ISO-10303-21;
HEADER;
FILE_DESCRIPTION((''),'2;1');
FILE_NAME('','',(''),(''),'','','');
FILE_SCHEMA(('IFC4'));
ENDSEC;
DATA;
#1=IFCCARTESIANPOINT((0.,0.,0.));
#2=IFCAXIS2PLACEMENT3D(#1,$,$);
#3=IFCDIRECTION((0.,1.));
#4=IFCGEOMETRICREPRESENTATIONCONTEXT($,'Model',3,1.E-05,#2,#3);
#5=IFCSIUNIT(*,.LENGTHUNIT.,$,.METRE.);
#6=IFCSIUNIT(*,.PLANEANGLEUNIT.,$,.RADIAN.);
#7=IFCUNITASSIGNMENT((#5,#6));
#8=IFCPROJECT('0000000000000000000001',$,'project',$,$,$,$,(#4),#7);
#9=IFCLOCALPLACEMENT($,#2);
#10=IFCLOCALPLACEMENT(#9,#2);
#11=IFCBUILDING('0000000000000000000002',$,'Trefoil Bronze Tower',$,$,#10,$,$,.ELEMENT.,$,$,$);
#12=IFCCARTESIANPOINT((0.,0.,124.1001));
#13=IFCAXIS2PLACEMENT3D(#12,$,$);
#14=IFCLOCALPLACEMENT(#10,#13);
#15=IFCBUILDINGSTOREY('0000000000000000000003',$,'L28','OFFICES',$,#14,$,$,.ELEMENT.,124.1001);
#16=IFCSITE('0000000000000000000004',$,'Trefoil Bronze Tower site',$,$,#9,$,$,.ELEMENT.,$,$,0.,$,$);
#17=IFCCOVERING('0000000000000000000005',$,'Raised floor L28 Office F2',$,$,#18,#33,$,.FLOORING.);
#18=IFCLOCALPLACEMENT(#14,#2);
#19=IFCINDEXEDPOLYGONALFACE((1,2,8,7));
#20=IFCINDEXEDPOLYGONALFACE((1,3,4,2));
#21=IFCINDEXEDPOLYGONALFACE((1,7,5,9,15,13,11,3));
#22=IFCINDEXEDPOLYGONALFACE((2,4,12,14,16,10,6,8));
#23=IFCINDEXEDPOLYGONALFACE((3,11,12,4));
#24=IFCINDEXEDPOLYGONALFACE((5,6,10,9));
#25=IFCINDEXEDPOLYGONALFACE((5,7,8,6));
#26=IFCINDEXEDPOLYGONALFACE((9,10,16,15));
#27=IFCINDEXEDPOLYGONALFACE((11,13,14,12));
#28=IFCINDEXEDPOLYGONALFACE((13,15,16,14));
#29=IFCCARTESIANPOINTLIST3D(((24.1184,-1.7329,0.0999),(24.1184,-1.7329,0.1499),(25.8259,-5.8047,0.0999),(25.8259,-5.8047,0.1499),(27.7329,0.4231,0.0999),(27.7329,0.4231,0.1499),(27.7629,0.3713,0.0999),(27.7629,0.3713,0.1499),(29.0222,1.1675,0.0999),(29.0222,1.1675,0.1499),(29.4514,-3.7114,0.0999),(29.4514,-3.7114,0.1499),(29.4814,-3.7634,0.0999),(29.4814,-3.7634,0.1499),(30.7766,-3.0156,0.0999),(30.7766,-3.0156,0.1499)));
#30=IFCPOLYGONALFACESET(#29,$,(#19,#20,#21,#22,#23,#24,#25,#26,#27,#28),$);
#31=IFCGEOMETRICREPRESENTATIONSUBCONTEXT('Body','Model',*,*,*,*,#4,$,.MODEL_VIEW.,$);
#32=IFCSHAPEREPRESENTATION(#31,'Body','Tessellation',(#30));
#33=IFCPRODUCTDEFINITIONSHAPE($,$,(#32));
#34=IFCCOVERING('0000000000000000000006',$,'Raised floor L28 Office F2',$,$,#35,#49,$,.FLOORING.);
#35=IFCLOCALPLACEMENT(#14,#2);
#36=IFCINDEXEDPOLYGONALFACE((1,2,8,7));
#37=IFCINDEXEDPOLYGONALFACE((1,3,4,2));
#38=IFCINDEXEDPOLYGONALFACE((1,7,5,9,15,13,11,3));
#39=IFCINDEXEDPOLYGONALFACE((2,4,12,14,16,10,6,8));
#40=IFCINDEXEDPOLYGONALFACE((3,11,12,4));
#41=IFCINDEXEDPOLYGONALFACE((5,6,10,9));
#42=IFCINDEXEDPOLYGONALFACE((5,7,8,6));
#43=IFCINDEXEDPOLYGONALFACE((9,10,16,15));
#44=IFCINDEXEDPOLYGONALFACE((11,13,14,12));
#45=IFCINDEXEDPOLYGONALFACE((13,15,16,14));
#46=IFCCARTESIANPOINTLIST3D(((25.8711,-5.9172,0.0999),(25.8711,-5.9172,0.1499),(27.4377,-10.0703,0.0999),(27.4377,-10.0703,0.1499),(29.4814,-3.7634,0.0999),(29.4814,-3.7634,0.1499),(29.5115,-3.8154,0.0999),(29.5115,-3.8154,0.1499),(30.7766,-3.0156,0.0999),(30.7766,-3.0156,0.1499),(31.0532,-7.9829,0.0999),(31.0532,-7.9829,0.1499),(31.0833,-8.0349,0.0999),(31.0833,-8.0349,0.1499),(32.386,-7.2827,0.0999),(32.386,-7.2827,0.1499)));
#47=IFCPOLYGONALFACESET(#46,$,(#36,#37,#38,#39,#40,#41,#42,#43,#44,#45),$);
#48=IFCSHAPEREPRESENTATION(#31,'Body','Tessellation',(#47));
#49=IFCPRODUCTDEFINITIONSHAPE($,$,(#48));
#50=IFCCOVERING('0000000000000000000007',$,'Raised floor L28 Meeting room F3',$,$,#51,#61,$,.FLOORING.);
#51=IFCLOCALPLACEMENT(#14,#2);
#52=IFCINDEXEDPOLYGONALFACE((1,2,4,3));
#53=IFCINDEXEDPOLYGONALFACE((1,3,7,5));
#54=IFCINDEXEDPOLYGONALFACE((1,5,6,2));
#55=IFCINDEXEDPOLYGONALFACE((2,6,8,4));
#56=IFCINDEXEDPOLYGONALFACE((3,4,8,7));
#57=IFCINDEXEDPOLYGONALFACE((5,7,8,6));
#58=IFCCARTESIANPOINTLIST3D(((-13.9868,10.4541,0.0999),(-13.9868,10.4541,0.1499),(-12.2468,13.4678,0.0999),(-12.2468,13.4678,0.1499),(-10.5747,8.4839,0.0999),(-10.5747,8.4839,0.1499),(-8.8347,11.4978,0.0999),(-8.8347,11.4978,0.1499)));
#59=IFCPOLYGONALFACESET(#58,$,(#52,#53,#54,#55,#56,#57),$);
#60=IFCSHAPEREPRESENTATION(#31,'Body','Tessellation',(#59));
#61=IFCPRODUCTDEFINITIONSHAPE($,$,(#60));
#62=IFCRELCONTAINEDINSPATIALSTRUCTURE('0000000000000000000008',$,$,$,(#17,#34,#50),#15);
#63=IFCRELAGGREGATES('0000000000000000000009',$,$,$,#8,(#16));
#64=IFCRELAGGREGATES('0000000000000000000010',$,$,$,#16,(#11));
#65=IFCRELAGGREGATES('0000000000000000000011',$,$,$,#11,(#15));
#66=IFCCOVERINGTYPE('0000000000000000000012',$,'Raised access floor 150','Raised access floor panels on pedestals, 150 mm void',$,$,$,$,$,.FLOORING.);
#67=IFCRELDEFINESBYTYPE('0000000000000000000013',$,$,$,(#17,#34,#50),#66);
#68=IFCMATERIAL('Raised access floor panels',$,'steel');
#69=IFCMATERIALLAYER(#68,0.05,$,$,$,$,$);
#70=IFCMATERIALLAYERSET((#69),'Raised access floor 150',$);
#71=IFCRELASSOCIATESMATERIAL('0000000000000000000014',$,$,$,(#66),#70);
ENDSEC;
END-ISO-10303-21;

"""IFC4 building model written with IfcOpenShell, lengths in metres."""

from ifc_helpers import new_model, si_unit, direction, frame, origin, place, context, subcontext, project, spatial, polyline, outline, extrude, material, layer, layer_set, type_object, element, save


model = new_model("IFC4")

# Units and contexts
model_context = context("Model", 3, precision=1e-05, world=origin(), true_north=direction((0.0, 1.0)))
body_context = subcontext(model_context, "Body", "Model", "MODEL_VIEW")
ifc_project = project(units=[si_unit("LENGTHUNIT", "METRE"), si_unit("PLANEANGLEUNIT", "RADIAN")], contexts=[model_context])

# Site, building, storey
site_placement = place(None, origin())
site = spatial("IfcSite", under=ifc_project, at=site_placement, Name="Trefoil Bronze Tower site", CompositionType="ELEMENT", RefElevation=0.0)
building_placement = place(site_placement, origin())
building = spatial("IfcBuilding", under=site, at=building_placement, Name="Trefoil Bronze Tower", CompositionType="ELEMENT")
storey_placement = place(building_placement, frame((0.0, 0.0, 124.1001)))
storey = spatial("IfcBuildingStorey", under=building, at=storey_placement, Name="L28", Description="OFFICES", CompositionType="ELEMENT", Elevation=124.1001)

# Coverings
ifc_material_1 = material(Name="Raised access floor panels", Category="steel")
ifc_layer_1 = layer(ifc_material_1, 0.05)
ifc_layer_set_1 = layer_set([ifc_layer_1], Name="Raised access floor 150")
covering_type_1 = type_object("IfcCoveringType", Name="Raised access floor 150", Description="Raised access floor panels on pedestals, 150 mm void", PredefinedType="FLOORING", material=ifc_layer_set_1)
covering_1_placement = place(storey_placement, frame((0.0, 0.0, 0.0999)))
element("IfcCovering", 1, at=covering_1_placement, inside=storey, type_object=covering_type_1, Name="Raised floor L28 Office F2", PredefinedType="FLOORING", context=body_context, shape_type="SweptSolid", body=[
    extrude(outline(polyline([(29.0222, 1.1675), (30.7766, -3.0156), (29.4814, -3.7634), (29.4514, -3.7114), (25.8259, -5.8047), (24.1184, -1.7329), (27.7629, 0.3713), (27.7329, 0.4231), (29.0222, 1.1675)])), origin(), (0.0, 0.0, 1.0), 0.05),
])
covering_2_placement = place(storey_placement, frame((0.0, 0.0, 0.0999)))
element("IfcCovering", 2, at=covering_2_placement, inside=storey, type_object=covering_type_1, Name="Raised floor L28 Office F2", PredefinedType="FLOORING", context=body_context, shape_type="SweptSolid", body=[
    extrude(outline(polyline([(30.7766, -3.0156), (32.386, -7.2827), (31.0833, -8.0349), (31.0532, -7.9829), (27.4377, -10.0703), (25.8711, -5.9172), (29.5115, -3.8154), (29.4814, -3.7634), (30.7766, -3.0156)])), origin(), (0.0, 0.0, 1.0), 0.05),
])
covering_3_placement = place(storey_placement, frame((0.0, 0.0, 0.0999)))
element("IfcCovering", 3, at=covering_3_placement, inside=storey, type_object=covering_type_1, Name="Raised floor L28 Meeting room F3", PredefinedType="FLOORING", context=body_context, shape_type="SweptSolid", body=[
    extrude(outline(polyline([(-10.5747, 8.4839), (-13.9868, 10.4541), (-12.2468, 13.4678), (-8.8347, 11.4978), (-10.5747, 8.4839)])), origin(), (0.0, 0.0, 1.0), 0.05),
])

save(model, "model.ifc")
